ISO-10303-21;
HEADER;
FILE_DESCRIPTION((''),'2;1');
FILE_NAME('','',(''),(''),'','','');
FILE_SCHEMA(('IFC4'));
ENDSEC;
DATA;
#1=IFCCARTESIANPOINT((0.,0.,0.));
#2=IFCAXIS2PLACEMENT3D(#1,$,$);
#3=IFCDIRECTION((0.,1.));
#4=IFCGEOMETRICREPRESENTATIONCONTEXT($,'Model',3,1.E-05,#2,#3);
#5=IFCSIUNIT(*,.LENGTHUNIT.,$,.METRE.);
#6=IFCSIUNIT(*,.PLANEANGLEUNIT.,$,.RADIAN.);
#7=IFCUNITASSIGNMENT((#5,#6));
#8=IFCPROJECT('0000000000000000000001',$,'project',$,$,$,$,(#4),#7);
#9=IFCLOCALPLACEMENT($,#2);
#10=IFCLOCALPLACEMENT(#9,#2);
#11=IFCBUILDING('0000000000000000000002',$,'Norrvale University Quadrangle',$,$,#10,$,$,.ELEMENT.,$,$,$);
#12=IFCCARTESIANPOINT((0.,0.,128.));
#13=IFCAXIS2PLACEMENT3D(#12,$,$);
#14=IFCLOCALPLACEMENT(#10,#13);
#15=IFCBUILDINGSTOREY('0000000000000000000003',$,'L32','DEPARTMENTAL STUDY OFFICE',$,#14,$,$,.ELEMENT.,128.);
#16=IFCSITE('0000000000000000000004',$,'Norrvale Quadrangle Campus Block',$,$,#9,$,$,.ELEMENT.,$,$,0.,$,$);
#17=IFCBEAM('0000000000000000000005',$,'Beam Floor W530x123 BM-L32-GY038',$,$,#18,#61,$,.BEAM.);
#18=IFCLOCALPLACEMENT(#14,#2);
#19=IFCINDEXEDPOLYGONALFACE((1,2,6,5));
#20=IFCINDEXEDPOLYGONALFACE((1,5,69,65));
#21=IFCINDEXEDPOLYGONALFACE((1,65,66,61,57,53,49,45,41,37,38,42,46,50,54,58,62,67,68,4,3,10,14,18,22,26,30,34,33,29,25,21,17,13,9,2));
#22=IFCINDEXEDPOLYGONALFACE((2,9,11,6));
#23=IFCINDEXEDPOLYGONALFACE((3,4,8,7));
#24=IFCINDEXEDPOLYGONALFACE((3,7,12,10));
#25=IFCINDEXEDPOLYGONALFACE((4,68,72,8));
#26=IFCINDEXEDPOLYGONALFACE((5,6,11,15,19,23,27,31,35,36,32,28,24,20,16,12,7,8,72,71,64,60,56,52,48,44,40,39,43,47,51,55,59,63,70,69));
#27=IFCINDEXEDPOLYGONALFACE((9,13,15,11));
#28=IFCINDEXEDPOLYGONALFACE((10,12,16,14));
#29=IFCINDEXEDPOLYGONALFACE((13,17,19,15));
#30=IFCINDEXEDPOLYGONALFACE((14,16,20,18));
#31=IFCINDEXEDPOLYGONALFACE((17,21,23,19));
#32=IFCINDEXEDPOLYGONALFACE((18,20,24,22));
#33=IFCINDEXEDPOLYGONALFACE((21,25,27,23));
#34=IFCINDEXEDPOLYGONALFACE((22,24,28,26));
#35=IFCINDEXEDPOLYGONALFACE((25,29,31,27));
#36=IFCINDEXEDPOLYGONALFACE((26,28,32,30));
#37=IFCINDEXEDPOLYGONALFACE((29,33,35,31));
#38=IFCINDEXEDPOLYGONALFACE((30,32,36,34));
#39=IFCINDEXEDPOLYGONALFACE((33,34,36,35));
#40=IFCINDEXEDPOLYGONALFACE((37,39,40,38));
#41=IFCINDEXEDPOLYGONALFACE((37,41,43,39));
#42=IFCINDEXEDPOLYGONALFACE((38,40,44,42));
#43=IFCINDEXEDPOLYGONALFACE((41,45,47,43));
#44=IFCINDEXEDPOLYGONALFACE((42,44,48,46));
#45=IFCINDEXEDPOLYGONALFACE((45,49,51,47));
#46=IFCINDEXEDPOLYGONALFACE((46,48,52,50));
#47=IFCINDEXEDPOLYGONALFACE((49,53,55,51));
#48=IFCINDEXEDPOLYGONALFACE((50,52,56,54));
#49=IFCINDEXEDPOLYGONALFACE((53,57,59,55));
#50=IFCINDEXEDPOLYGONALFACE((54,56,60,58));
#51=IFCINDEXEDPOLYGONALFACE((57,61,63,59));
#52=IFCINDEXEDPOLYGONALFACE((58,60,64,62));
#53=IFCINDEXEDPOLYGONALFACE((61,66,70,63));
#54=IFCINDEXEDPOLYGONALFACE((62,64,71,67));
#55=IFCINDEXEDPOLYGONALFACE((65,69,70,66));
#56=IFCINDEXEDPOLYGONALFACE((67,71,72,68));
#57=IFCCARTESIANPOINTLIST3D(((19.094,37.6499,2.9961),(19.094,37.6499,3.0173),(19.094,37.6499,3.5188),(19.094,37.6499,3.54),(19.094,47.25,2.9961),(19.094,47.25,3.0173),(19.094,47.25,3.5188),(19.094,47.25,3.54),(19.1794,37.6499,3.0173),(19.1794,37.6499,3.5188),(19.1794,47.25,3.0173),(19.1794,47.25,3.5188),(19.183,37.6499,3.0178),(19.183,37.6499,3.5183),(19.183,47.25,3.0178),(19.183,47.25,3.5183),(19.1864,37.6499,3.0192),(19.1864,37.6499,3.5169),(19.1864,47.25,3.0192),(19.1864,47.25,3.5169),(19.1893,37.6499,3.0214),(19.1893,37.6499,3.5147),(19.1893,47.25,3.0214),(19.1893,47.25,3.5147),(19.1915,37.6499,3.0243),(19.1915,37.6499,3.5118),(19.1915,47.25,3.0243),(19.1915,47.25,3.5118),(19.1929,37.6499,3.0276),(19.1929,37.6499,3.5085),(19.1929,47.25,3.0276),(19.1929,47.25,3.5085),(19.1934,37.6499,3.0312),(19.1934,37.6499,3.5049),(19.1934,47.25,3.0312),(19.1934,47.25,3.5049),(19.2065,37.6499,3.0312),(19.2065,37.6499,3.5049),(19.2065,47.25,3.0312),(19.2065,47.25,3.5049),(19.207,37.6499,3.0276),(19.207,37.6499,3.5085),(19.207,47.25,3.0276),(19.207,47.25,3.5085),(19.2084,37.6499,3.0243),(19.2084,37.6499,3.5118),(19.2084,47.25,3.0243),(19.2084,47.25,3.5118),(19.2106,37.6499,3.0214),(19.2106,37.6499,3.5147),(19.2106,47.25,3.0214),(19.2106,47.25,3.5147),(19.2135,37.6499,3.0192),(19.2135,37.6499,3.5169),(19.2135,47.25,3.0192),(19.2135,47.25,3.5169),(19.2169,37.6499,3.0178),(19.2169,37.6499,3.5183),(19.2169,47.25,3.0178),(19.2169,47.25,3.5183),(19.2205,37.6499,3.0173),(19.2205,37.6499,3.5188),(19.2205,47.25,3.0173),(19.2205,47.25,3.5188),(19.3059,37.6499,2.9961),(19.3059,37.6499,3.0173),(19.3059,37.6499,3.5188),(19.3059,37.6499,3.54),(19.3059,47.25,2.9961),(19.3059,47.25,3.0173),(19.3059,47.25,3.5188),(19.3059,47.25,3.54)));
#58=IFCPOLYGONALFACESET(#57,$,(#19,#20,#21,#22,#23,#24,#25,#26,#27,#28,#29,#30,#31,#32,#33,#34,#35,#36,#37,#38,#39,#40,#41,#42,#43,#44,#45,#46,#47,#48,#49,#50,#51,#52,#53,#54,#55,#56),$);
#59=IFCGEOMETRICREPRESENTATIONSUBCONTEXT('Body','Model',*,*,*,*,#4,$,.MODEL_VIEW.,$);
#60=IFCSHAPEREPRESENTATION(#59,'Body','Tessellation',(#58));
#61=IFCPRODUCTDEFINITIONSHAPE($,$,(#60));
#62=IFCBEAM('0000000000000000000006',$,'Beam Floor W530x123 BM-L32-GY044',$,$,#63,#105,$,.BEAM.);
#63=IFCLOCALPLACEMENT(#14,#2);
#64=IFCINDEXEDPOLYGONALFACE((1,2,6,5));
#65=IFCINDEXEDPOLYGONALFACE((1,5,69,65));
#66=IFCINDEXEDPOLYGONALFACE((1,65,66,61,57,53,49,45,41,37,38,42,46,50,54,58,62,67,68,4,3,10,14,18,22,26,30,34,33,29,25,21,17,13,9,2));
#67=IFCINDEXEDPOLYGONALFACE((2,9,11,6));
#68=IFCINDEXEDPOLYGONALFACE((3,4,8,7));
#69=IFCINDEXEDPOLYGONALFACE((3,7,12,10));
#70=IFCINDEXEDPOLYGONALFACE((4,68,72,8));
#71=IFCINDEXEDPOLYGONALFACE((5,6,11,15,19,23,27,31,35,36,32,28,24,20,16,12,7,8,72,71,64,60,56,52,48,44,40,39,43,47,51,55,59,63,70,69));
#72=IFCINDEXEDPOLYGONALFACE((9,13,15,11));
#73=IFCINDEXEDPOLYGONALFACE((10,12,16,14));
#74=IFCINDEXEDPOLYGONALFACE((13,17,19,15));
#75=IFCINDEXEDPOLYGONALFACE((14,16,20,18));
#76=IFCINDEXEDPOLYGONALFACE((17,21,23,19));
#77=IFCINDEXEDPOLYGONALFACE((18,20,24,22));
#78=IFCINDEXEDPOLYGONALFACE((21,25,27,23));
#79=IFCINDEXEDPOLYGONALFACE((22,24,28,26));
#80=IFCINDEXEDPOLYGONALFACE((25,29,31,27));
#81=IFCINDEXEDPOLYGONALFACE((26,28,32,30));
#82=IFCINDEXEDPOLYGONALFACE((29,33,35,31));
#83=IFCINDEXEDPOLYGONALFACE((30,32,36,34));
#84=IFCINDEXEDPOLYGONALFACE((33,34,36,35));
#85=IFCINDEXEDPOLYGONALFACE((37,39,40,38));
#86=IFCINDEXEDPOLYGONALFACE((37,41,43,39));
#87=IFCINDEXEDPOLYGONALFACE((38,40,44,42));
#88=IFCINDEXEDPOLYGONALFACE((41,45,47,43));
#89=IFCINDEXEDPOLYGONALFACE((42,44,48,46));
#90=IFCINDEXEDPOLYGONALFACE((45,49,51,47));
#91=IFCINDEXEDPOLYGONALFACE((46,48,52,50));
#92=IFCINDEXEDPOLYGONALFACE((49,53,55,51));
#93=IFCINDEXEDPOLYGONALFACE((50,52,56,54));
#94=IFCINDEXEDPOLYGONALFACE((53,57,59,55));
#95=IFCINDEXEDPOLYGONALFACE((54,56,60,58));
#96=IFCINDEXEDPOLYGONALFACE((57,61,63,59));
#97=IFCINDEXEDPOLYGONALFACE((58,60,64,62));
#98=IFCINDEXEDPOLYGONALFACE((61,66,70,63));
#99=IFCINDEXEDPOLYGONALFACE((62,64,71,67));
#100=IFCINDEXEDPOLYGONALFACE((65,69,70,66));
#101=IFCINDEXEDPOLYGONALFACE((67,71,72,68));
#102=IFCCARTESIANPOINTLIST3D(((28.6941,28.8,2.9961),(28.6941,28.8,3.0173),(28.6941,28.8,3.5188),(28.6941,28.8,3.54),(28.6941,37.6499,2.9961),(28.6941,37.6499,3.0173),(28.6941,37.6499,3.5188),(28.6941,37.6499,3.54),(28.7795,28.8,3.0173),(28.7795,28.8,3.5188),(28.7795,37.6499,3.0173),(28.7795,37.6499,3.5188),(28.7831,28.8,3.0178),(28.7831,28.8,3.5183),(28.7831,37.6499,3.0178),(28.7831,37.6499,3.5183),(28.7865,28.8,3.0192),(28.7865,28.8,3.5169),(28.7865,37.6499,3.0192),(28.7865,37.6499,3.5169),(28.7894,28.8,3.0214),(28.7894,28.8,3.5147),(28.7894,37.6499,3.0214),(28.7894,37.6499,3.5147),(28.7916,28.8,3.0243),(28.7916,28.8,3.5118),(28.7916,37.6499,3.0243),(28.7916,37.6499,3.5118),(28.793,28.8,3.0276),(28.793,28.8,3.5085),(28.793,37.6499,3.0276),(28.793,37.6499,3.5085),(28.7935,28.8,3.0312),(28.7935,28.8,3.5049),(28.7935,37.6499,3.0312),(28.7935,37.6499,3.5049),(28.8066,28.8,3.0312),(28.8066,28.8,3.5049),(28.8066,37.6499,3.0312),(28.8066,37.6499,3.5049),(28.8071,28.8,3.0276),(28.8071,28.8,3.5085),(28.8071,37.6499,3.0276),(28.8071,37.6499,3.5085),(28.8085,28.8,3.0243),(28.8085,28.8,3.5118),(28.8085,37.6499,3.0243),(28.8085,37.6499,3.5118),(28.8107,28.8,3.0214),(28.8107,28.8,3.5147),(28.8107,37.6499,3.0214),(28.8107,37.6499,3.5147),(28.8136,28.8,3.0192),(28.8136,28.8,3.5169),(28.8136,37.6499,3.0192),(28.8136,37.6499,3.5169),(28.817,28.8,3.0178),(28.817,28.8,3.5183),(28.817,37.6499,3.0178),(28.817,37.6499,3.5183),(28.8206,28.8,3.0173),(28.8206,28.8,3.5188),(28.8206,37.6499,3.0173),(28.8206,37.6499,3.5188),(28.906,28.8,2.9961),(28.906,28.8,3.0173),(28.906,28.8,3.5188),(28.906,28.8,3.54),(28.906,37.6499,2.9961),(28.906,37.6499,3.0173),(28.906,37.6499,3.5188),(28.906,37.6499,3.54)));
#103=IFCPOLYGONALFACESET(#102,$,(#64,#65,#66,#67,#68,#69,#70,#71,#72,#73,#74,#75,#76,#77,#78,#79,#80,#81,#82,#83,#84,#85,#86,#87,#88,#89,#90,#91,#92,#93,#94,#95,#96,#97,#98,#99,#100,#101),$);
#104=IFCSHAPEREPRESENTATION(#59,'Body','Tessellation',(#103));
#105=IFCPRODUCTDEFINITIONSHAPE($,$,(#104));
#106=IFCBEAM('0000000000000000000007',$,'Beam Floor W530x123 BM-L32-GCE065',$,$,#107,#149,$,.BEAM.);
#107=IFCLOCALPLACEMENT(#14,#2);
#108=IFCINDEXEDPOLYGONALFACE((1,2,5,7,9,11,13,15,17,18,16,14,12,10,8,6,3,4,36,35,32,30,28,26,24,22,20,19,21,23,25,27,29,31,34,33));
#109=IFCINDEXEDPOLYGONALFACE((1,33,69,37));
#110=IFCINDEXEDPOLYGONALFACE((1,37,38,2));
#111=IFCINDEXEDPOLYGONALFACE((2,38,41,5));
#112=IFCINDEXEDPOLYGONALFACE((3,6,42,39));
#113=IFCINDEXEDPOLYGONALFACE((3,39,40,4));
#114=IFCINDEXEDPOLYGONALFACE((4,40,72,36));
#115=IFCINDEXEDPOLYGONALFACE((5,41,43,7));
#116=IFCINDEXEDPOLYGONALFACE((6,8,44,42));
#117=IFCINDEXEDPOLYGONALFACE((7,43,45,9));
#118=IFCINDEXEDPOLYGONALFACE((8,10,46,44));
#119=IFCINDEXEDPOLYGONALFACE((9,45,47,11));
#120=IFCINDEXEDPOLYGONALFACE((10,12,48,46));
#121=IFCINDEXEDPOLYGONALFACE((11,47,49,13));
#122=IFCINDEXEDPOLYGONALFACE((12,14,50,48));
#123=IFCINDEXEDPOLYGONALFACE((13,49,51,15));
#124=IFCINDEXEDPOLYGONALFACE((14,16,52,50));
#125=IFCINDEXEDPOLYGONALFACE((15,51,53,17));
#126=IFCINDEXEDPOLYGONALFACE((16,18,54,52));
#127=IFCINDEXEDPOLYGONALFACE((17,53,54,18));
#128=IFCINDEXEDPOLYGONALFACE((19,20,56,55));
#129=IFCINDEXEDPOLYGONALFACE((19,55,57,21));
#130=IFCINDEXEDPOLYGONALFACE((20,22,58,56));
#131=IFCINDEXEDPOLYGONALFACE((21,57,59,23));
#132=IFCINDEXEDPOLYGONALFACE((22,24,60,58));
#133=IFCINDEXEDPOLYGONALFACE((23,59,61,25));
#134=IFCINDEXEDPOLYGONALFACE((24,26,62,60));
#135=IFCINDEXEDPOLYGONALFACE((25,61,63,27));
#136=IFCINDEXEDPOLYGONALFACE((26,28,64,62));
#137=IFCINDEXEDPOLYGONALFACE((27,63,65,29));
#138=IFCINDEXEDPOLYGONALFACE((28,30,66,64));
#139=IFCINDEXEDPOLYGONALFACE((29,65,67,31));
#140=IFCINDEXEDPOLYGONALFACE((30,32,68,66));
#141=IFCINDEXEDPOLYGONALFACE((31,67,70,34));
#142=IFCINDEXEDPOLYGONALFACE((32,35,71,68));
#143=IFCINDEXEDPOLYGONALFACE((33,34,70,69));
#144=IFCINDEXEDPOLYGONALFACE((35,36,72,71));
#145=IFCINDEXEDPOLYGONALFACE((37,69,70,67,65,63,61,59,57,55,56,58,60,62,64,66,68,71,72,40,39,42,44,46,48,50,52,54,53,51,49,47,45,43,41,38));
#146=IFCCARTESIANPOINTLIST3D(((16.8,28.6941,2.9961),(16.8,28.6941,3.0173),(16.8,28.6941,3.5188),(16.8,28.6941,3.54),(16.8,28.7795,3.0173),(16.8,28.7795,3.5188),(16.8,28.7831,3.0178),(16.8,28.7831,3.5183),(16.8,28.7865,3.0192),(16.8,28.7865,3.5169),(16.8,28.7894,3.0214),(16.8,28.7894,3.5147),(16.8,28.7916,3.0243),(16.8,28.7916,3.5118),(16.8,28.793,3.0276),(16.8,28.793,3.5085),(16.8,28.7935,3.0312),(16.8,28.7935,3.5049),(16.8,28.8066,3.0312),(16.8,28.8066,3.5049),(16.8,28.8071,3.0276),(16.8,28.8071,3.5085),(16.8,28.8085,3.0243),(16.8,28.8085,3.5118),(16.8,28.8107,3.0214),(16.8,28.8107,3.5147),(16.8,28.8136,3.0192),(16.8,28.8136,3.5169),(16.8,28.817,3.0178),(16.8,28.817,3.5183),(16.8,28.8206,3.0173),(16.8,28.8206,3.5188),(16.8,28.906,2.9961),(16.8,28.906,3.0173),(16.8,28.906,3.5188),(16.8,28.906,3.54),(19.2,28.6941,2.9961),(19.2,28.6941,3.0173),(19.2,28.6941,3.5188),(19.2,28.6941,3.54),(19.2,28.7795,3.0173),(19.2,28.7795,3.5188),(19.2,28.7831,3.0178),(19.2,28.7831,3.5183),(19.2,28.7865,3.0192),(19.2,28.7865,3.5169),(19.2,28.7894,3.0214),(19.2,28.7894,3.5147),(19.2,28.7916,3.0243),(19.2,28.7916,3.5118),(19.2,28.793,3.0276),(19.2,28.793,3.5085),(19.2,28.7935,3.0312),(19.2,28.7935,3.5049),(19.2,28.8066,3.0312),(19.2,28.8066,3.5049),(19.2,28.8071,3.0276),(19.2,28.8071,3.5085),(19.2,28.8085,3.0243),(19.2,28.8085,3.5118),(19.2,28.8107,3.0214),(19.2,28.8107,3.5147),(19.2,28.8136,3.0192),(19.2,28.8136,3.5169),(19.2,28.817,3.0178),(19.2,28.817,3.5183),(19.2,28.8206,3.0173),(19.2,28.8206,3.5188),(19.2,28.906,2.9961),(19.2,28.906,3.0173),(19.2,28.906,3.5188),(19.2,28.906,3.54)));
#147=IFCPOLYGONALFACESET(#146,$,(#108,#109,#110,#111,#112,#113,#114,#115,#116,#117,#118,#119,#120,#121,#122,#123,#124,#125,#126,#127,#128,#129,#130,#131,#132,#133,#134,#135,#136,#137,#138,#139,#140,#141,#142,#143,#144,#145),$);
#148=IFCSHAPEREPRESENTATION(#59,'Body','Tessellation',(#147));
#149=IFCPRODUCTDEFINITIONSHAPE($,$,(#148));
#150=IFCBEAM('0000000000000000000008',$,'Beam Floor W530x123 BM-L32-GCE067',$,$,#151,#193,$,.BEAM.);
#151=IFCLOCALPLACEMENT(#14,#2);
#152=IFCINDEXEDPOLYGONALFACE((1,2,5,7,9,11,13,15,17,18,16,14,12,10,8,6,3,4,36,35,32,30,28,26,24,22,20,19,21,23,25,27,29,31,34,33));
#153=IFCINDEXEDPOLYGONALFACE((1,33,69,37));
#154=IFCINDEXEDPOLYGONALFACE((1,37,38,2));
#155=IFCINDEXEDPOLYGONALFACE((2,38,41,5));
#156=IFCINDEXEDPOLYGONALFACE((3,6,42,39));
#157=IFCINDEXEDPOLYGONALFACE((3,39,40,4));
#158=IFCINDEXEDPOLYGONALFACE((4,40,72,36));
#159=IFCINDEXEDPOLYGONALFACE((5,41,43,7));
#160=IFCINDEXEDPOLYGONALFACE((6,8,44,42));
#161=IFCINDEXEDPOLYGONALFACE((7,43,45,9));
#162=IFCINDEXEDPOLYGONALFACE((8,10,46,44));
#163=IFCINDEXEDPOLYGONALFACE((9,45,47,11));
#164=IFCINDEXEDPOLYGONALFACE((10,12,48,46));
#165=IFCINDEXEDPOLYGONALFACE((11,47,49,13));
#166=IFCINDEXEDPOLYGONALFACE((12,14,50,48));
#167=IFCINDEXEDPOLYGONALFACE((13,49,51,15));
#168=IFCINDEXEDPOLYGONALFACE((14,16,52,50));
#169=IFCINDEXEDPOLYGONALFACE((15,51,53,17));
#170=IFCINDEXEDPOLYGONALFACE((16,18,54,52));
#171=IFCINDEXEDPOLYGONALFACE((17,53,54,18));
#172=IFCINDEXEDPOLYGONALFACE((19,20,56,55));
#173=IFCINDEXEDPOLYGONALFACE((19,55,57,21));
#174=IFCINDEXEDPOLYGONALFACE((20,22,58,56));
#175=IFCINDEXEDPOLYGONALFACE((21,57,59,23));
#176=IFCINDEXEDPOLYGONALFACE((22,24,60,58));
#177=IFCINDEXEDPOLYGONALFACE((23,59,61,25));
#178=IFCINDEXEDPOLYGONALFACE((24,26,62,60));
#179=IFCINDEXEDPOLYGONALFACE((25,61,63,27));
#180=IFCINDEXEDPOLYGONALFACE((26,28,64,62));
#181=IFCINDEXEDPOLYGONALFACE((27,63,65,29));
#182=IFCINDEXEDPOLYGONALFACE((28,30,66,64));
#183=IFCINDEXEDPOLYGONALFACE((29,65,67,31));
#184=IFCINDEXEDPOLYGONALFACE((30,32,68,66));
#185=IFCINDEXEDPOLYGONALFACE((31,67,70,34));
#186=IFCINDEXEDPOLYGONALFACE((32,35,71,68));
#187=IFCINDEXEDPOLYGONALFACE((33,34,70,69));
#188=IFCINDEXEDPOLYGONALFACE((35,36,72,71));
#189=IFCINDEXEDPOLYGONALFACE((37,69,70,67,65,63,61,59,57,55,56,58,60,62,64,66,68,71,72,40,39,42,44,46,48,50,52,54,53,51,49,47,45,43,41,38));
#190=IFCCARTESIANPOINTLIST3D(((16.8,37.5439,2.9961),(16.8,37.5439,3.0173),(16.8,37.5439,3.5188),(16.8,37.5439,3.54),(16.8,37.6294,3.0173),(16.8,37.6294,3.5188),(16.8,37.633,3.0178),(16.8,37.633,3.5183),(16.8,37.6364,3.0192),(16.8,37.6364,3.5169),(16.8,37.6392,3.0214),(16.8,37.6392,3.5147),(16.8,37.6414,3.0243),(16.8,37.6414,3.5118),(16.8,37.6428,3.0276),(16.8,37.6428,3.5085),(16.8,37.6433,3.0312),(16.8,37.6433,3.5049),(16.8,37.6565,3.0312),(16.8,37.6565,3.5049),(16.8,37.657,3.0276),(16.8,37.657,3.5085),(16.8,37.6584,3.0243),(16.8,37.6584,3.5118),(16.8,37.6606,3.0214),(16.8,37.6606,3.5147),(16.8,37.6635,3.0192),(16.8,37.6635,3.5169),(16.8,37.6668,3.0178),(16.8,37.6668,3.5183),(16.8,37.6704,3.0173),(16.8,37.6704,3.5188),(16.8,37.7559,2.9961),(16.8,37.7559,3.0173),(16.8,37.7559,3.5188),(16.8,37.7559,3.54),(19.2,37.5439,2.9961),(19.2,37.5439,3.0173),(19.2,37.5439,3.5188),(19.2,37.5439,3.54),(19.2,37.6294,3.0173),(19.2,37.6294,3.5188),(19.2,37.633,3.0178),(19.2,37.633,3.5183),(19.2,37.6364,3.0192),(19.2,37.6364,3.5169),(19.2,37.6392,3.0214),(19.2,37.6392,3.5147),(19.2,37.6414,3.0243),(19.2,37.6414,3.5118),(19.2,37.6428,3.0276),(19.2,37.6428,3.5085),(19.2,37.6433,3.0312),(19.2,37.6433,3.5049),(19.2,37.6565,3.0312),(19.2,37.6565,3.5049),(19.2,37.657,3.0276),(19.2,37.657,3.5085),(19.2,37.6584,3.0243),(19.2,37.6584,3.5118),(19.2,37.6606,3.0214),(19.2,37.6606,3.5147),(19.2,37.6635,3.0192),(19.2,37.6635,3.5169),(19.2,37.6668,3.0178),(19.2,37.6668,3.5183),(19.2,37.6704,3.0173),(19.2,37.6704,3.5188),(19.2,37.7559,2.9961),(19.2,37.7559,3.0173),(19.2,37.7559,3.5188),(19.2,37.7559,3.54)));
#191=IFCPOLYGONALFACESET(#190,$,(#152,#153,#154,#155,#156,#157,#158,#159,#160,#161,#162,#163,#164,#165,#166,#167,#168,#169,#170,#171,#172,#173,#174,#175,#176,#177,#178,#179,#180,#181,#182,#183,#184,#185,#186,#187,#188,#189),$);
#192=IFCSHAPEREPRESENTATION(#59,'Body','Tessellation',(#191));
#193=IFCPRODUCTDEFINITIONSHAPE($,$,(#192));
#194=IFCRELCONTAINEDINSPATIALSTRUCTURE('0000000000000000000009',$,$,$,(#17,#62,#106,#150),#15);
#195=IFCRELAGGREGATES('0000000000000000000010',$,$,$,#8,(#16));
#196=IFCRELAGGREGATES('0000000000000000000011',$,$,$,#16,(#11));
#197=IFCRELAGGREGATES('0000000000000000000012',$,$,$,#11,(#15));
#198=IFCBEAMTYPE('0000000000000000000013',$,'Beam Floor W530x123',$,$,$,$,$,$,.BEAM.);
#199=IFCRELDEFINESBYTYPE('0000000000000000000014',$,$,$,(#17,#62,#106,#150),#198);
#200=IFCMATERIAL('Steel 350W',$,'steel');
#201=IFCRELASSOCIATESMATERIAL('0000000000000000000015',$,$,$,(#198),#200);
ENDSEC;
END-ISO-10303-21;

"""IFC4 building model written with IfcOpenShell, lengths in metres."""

from ifc_helpers import new_model, si_unit, direction, frame, origin, origin_2d, place, context, subcontext, project, spatial, i_section, extrude, material, material_profile, profile_set, type_object, element, save


model = new_model("IFC4")

# Units and contexts
model_context = context("Model", 3, precision=1e-05, world=origin(), true_north=direction((0.0, 1.0)))
body_context = subcontext(model_context, "Body", "Model", "MODEL_VIEW")
ifc_project = project(units=[si_unit("LENGTHUNIT", "METRE"), si_unit("PLANEANGLEUNIT", "RADIAN")], contexts=[model_context])

# Site, building, storey
site_placement = place(None, origin())
site = spatial("IfcSite", under=ifc_project, at=site_placement, Name="Norrvale Quadrangle Campus Block", CompositionType="ELEMENT", RefElevation=0.0)
building_placement = place(site_placement, origin())
building = spatial("IfcBuilding", under=site, at=building_placement, Name="Norrvale University Quadrangle", CompositionType="ELEMENT")
storey_placement = place(building_placement, frame((0.0, 0.0, 128.0)))
storey = spatial("IfcBuildingStorey", under=building, at=storey_placement, Name="L32", Description="DEPARTMENTAL STUDY OFFICE", CompositionType="ELEMENT", Elevation=128.0)

# Beams
ifc_material_1 = material(Name="Steel 350W", Category="steel")
ifc_material_profile_1 = material_profile(ifc_material_1, i_section(OverallWidth=0.2119, OverallDepth=0.5439, WebThickness=0.0132, FlangeThickness=0.0212, FilletRadius=0.0139, at=origin_2d()), Name="Steel 350W")
ifc_profile_set_1 = profile_set([ifc_material_profile_1], Name="Steel 350W")
beam_type_1 = type_object("IfcBeamType", Name="Beam Floor W530x123", PredefinedType="BEAM", material=ifc_profile_set_1)
beam_1_placement = place(storey_placement, frame((19.2, 37.6499, 3.2681), z_axis=(0.0, 1.0, 0.0), x_axis=(-1.0, 0.0, 0.0)))
element("IfcBeam", 1, at=beam_1_placement, inside=storey, type_object=beam_type_1, Name="Beam Floor W530x123 BM-L32-GY038", PredefinedType="BEAM", context=body_context, shape_type="SweptSolid", body=[
    extrude(i_section(OverallWidth=0.2119, OverallDepth=0.5439, WebThickness=0.0132, FlangeThickness=0.0212, FilletRadius=0.0139, at=origin_2d()), origin(), (0.0, 0.0, 1.0), 9.6001),
])
beam_2_placement = place(storey_placement, frame((28.8, 28.8, 3.2681), z_axis=(0.0, 1.0, 0.0), x_axis=(-1.0, 0.0, 0.0)))
element("IfcBeam", 2, at=beam_2_placement, inside=storey, type_object=beam_type_1, Name="Beam Floor W530x123 BM-L32-GY044", PredefinedType="BEAM", context=body_context, shape_type="SweptSolid", body=[
    extrude(i_section(OverallWidth=0.2119, OverallDepth=0.5439, WebThickness=0.0132, FlangeThickness=0.0212, FilletRadius=0.0139, at=origin_2d()), origin(), (0.0, 0.0, 1.0), 8.8499),
])
for number, where, z_axis, x_axis, name in (
    (3, (16.8, 28.8, 3.2681), (1.0, 0.0, 0.0), (0.0, 1.0, 0.0), "Beam Floor W530x123 BM-L32-GCE065"),
    (4, (16.8, 37.6499, 3.2681), (1.0, 0.0, 0.0), (0.0, 1.0, 0.0), "Beam Floor W530x123 BM-L32-GCE067"),
):
    element("IfcBeam", number, at=place(storey_placement, frame(where, z_axis=z_axis, x_axis=x_axis)), inside=storey, type_object=beam_type_1, Name=name, PredefinedType="BEAM", context=body_context, shape_type="SweptSolid", body=[
        extrude(i_section(OverallWidth=0.2119, OverallDepth=0.5439, WebThickness=0.0132, FlangeThickness=0.0212, FilletRadius=0.0139, at=origin_2d()), origin(), (0.0, 0.0, 1.0), 2.3999),
    ])

save(model, "model.ifc")
